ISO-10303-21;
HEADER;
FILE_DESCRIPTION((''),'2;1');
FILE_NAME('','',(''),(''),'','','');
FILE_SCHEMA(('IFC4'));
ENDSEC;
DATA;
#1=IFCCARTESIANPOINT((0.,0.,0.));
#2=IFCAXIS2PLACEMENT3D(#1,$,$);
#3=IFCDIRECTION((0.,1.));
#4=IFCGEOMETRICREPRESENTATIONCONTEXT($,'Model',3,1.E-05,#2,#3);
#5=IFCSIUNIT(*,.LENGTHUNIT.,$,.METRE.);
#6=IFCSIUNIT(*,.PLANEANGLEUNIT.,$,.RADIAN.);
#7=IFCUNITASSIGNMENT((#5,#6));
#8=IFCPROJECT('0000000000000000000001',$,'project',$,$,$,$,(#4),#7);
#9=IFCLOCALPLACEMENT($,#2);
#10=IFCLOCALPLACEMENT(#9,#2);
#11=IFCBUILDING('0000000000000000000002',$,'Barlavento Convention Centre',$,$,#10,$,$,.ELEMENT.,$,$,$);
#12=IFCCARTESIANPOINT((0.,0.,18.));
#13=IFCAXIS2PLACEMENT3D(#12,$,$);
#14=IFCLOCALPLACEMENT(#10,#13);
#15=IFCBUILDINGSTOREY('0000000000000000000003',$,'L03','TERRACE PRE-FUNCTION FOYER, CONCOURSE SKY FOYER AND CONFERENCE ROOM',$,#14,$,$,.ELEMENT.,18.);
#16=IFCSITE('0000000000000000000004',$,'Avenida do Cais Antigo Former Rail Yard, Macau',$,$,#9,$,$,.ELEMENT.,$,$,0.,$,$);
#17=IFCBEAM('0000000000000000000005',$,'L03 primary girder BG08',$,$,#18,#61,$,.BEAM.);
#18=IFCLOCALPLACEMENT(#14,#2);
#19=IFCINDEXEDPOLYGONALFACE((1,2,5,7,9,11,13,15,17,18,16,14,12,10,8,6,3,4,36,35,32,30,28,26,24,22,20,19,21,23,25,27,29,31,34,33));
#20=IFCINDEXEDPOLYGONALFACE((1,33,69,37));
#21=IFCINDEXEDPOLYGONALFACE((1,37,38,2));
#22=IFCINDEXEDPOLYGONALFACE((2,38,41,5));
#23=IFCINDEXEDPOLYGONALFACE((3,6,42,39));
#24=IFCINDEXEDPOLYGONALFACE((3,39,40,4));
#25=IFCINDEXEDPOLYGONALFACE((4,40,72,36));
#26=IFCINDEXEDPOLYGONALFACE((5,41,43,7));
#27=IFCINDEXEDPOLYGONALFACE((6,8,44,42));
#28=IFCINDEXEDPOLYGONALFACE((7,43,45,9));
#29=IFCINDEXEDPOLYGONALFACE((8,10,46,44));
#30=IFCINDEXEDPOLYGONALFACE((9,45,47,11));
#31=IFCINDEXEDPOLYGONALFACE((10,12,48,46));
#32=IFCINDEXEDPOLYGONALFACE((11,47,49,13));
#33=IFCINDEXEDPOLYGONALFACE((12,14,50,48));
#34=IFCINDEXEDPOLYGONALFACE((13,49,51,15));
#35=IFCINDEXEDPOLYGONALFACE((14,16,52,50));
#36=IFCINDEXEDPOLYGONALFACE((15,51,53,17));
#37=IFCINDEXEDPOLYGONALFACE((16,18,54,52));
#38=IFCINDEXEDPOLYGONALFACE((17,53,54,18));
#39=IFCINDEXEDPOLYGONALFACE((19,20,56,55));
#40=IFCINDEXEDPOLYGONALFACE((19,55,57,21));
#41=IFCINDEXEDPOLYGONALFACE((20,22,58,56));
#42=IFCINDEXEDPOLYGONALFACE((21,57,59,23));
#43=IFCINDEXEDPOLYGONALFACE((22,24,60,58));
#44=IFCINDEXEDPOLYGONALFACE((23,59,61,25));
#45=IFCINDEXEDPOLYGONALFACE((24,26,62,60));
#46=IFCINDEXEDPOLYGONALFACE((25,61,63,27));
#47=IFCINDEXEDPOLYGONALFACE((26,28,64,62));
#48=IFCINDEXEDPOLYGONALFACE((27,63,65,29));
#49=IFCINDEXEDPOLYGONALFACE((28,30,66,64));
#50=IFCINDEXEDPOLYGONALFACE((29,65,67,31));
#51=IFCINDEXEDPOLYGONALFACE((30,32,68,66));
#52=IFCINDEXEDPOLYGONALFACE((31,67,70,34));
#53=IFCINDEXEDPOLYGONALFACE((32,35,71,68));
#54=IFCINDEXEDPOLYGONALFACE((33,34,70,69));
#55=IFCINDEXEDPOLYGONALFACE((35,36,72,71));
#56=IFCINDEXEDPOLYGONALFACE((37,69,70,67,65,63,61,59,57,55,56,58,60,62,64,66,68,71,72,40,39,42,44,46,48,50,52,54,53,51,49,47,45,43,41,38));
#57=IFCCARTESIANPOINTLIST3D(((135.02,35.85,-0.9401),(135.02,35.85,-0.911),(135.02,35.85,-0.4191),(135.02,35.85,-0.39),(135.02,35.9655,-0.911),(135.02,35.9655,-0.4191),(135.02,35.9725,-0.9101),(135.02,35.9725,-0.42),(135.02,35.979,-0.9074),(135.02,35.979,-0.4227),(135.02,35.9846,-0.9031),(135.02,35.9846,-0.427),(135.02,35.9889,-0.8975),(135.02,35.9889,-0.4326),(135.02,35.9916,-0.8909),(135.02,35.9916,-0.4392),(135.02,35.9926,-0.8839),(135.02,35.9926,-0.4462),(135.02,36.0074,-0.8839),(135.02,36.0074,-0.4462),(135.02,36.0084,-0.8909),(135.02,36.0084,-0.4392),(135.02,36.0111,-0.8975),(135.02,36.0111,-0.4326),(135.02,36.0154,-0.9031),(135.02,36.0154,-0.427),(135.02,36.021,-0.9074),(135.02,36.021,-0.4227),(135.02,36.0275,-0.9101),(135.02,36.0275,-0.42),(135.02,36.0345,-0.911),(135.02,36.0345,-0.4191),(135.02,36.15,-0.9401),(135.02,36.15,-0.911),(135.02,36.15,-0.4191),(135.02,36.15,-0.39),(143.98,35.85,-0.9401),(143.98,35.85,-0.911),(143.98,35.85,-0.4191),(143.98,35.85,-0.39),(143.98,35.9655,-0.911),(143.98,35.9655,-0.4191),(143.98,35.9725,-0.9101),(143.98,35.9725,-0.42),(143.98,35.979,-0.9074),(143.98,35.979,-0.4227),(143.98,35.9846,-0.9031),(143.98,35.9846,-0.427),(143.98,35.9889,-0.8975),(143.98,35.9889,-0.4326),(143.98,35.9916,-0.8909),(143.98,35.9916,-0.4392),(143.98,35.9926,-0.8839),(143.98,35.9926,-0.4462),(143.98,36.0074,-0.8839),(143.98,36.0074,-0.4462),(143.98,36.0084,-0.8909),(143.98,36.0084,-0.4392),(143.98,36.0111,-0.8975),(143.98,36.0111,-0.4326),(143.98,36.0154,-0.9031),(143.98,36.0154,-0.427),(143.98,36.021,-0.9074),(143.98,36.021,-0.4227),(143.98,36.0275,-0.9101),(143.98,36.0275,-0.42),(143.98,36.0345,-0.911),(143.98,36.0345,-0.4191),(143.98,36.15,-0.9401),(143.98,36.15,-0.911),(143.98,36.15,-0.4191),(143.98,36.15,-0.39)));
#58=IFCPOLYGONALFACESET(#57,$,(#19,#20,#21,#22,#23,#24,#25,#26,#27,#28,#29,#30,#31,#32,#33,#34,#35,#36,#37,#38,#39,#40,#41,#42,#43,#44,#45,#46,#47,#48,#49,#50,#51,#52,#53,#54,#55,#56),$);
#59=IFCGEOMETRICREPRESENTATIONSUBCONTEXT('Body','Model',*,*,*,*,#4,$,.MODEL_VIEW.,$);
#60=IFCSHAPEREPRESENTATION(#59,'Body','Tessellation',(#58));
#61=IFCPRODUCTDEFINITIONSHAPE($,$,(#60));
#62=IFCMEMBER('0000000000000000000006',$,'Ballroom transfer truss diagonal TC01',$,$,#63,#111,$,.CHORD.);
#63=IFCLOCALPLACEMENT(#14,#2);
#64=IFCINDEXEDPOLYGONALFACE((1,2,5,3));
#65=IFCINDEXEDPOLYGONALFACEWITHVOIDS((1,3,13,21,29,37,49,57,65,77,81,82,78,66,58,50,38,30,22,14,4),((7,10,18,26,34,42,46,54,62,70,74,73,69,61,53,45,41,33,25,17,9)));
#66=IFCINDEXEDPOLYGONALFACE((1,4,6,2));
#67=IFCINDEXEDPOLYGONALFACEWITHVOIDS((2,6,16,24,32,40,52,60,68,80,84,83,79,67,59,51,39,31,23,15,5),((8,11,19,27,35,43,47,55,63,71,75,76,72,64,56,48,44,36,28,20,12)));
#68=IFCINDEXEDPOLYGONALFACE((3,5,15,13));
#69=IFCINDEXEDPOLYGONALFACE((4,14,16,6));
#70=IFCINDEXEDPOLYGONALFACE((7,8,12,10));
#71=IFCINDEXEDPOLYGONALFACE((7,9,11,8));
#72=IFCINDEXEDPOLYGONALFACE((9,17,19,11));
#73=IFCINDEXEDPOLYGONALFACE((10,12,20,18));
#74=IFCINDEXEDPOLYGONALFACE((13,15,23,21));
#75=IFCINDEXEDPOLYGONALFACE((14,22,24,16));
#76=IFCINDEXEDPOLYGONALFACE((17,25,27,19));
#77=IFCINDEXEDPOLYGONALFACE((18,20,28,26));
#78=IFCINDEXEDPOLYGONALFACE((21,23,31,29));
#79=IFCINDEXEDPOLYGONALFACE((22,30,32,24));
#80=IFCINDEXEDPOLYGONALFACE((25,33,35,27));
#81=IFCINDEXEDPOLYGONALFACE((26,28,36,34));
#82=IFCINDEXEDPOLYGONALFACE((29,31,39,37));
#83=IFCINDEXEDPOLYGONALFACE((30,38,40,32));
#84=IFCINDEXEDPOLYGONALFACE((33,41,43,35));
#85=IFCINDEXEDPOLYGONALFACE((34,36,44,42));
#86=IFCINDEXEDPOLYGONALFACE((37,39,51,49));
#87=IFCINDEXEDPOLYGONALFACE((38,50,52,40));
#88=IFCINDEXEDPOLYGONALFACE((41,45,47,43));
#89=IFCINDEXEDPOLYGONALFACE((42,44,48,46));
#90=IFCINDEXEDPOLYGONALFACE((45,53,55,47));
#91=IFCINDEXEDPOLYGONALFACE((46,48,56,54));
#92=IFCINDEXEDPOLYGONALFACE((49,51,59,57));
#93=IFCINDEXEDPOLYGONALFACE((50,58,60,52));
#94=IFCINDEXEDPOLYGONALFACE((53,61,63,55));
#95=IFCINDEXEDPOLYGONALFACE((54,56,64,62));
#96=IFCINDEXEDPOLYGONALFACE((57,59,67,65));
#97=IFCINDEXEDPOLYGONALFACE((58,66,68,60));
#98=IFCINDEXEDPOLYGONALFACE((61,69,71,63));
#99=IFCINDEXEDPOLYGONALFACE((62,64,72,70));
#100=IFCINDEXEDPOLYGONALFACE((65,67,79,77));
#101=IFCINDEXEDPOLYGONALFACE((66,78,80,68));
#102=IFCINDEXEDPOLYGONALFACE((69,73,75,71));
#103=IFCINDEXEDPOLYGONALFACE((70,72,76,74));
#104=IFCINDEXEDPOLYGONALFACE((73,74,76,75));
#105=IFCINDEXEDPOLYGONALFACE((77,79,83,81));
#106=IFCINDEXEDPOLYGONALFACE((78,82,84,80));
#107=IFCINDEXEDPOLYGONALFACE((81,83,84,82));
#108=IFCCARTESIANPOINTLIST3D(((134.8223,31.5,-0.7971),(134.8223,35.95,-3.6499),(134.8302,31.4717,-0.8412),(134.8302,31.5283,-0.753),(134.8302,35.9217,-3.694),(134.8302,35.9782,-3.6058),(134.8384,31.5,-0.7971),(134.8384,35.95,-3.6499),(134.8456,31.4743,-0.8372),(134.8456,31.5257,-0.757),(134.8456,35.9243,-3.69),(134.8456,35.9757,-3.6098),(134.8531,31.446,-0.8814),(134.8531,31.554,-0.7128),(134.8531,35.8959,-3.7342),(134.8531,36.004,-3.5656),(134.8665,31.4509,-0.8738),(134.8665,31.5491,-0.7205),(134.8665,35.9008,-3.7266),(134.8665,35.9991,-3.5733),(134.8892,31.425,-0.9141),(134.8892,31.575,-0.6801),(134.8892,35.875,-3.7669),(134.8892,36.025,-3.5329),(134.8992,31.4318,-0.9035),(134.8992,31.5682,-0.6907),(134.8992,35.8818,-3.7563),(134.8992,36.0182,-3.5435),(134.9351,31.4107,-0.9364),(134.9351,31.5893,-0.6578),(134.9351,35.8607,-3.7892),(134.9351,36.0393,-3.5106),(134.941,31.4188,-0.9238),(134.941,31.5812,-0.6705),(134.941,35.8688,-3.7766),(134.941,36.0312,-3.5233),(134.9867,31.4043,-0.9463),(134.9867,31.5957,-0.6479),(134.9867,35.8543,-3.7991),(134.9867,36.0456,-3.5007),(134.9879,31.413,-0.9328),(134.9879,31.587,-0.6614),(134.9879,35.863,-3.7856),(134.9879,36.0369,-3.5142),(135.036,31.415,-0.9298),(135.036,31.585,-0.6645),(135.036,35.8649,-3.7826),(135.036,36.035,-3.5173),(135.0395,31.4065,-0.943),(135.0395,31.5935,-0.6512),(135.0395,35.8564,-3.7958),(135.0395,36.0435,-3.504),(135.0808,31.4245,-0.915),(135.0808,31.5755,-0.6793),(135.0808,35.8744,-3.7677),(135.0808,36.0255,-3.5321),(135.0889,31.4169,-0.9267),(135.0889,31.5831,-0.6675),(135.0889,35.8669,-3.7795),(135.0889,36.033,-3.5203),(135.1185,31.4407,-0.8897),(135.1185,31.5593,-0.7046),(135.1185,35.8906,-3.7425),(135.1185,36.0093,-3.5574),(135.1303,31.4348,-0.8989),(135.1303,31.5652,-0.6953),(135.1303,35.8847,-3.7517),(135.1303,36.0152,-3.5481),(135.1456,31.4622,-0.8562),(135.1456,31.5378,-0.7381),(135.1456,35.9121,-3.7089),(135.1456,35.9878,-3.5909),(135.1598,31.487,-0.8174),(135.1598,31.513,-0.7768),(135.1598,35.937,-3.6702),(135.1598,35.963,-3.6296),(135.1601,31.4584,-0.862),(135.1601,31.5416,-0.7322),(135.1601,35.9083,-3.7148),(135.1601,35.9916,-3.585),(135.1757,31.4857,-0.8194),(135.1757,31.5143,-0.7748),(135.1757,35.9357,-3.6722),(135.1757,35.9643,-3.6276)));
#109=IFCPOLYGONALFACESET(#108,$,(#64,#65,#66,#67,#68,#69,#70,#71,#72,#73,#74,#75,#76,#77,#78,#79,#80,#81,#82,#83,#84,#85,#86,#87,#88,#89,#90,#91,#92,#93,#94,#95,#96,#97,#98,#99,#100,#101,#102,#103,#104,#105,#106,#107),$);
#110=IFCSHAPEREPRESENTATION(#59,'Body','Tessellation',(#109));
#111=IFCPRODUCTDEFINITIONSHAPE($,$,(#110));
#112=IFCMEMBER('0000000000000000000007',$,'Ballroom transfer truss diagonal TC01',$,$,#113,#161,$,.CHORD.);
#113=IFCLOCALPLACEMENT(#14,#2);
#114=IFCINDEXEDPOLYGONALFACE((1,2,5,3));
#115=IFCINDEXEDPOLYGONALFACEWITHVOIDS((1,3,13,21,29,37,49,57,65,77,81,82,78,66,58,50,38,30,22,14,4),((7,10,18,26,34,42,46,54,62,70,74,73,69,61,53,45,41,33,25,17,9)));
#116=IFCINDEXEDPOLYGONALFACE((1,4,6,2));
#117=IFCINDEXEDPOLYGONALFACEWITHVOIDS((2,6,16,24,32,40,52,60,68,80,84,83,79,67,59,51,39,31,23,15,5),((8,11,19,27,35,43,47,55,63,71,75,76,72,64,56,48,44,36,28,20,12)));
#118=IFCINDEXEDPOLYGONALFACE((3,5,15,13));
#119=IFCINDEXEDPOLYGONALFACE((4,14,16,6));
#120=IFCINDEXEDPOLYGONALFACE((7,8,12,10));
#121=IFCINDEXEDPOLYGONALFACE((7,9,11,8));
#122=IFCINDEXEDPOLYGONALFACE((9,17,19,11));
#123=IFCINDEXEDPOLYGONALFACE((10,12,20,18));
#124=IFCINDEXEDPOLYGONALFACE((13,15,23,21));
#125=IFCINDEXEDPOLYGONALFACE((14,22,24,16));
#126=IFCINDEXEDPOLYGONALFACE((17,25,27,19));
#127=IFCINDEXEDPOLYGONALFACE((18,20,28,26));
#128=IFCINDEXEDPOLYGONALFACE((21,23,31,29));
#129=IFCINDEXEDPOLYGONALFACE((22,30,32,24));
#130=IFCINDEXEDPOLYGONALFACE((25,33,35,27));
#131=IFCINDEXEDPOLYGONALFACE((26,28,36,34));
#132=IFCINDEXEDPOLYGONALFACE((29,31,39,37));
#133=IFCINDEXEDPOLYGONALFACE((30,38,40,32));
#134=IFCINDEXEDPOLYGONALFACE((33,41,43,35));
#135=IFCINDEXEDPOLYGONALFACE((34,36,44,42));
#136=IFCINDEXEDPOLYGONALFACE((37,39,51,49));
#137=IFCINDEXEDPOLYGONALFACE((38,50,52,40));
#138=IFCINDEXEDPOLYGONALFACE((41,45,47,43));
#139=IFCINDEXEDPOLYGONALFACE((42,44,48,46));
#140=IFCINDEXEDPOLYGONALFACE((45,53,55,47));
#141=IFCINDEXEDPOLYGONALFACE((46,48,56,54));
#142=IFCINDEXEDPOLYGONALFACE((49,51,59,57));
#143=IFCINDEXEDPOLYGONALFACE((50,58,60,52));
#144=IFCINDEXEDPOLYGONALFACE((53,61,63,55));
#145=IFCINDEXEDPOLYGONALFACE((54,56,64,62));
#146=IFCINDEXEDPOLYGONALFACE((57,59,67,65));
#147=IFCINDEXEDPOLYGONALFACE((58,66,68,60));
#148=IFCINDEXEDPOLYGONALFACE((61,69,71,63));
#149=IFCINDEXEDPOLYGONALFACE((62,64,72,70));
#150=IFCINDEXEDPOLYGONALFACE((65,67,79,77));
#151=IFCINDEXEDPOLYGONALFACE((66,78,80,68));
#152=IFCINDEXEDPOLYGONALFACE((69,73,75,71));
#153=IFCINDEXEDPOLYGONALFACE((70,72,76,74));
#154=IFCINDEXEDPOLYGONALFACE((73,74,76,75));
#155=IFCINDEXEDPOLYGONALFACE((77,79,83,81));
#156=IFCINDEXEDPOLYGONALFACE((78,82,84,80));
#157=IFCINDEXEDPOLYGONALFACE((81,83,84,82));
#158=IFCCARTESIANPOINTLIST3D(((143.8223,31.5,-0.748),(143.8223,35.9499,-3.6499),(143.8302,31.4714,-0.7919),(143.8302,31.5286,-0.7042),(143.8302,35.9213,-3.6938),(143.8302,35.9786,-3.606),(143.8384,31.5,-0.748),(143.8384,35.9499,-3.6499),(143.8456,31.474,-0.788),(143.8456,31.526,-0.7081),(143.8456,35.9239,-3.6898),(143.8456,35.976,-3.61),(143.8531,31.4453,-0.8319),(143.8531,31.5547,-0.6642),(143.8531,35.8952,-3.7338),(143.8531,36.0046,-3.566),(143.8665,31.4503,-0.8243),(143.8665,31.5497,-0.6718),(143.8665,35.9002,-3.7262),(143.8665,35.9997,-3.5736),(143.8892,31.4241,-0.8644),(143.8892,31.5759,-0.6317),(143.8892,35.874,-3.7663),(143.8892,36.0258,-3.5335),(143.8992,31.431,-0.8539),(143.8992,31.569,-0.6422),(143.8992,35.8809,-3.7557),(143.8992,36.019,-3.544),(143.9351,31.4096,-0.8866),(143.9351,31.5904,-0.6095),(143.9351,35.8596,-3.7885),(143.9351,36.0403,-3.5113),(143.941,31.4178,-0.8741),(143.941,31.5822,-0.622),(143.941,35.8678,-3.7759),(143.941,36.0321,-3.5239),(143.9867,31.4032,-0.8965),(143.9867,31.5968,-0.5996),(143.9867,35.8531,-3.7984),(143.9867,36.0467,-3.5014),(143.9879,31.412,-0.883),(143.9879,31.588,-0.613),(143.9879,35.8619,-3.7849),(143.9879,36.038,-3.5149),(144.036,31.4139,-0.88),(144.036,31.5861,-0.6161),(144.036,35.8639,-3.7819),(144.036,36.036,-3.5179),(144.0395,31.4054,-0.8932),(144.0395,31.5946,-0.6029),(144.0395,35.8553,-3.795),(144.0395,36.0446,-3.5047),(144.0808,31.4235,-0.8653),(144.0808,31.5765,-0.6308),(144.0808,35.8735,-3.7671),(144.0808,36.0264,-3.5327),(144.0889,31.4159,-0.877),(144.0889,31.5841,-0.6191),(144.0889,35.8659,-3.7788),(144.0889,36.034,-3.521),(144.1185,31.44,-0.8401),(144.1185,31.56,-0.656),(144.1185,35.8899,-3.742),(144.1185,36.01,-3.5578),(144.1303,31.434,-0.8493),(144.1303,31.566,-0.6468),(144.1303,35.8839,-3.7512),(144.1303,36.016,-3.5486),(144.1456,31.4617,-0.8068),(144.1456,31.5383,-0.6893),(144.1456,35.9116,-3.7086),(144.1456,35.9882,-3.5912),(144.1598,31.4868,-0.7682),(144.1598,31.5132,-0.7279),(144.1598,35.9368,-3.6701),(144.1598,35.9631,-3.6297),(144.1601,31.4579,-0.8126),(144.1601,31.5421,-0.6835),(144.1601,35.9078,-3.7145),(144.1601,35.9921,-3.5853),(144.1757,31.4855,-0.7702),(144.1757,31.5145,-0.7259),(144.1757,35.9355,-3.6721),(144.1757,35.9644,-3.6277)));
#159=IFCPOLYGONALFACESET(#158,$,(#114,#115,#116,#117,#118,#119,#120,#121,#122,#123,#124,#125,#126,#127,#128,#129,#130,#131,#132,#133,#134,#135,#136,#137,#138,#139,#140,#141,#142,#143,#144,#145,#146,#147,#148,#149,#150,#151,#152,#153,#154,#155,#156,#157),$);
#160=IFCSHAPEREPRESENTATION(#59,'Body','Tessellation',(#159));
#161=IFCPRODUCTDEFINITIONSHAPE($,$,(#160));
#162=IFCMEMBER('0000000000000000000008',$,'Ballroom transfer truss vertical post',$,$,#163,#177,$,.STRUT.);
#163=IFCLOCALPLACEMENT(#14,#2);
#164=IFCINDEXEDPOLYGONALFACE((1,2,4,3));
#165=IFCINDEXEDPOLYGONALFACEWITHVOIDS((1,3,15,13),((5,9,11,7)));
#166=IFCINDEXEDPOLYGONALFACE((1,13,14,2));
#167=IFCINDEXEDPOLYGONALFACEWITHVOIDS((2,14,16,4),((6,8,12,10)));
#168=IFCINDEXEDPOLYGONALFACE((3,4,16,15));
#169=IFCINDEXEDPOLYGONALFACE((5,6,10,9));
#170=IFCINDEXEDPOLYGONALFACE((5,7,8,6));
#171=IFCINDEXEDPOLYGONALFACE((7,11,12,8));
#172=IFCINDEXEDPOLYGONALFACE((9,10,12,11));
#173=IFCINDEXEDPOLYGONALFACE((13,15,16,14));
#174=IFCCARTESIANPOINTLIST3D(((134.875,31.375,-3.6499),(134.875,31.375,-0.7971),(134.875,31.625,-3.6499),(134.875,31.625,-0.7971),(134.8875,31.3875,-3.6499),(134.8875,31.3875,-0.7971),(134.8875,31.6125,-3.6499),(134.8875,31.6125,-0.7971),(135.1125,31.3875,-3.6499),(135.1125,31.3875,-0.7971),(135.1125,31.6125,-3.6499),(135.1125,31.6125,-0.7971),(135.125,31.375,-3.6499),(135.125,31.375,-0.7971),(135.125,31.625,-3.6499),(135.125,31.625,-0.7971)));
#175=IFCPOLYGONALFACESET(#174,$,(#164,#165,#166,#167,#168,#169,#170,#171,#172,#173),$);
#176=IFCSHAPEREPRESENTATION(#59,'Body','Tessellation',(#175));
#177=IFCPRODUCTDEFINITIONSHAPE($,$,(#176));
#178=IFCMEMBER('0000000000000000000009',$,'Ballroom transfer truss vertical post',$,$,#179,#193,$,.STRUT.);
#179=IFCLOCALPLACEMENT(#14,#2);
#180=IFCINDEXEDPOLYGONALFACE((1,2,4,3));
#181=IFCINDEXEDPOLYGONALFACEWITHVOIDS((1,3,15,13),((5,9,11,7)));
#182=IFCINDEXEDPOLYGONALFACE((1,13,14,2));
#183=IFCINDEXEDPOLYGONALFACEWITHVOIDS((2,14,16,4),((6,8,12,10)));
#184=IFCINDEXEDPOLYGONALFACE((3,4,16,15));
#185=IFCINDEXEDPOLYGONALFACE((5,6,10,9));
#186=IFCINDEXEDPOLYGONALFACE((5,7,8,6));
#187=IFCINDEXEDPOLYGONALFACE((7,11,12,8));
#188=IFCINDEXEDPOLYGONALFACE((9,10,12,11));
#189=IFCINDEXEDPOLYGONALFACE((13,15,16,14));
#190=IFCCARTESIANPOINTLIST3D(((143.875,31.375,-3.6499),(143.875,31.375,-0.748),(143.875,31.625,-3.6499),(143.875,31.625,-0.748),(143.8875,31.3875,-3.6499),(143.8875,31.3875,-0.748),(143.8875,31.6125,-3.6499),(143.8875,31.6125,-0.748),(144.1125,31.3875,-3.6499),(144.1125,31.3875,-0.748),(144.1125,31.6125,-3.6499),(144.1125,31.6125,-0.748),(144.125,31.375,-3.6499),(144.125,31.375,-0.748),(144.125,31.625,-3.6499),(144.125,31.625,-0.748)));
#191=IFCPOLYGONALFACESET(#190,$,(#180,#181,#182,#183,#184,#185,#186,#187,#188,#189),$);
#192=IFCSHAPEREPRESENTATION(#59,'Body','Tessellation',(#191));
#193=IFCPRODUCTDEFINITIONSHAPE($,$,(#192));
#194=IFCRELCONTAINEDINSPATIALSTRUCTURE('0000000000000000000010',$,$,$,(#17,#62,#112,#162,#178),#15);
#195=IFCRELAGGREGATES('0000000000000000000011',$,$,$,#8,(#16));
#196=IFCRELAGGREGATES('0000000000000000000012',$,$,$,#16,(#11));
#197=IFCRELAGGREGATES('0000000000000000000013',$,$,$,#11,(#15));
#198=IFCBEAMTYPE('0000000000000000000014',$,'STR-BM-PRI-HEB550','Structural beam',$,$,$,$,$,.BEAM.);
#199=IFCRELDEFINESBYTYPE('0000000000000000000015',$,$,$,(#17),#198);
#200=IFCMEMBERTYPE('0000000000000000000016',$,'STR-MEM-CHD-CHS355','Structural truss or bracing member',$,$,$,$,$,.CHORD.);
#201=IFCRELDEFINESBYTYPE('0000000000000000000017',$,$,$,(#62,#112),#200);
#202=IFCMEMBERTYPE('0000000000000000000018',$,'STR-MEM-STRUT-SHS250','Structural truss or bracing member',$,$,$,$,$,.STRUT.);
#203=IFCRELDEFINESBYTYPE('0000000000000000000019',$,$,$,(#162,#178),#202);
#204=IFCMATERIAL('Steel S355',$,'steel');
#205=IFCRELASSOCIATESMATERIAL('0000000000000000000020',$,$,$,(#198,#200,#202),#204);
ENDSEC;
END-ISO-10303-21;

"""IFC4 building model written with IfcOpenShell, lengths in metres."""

from ifc_helpers import new_model, si_unit, direction, frame, origin, origin_2d, place, context, subcontext, project, spatial, hollow_rectangle, hollow_circle, i_section, extrude, material, material_profile, profile_set, type_object, element, save


model = new_model("IFC4")

# Units and contexts
model_context = context("Model", 3, precision=1e-05, world=origin(), true_north=direction((0.0, 1.0)))
body_context = subcontext(model_context, "Body", "Model", "MODEL_VIEW")
ifc_project = project(units=[si_unit("LENGTHUNIT", "METRE"), si_unit("PLANEANGLEUNIT", "RADIAN")], contexts=[model_context])

# Site, building, storey
site_placement = place(None, origin())
site = spatial("IfcSite", under=ifc_project, at=site_placement, Name="Avenida do Cais Antigo Former Rail Yard, Macau", CompositionType="ELEMENT", RefElevation=0.0)
building_placement = place(site_placement, origin())
building = spatial("IfcBuilding", under=site, at=building_placement, Name="Barlavento Convention Centre", CompositionType="ELEMENT")
storey_placement = place(building_placement, frame((0.0, 0.0, 18.0)))
storey = spatial("IfcBuildingStorey", under=building, at=storey_placement, Name="L03", Description="TERRACE PRE-FUNCTION FOYER, CONCOURSE SKY FOYER AND CONFERENCE ROOM", CompositionType="ELEMENT", Elevation=18.0)

# Shared definitions
ifc_material_1 = material(Name="Steel S355", Category="steel")

# Beam
ifc_material_profile_1 = material_profile(ifc_material_1, i_section(OverallWidth=0.3, OverallDepth=0.55, WebThickness=0.0149, FlangeThickness=0.0291, FilletRadius=0.0271, at=origin_2d()), Name="HEB 550")
ifc_profile_set_1 = profile_set([ifc_material_profile_1], Name="Steel S355")
beam_type_1 = type_object("IfcBeamType", Name="STR-BM-PRI-HEB550", Description="Structural beam", PredefinedType="BEAM", material=ifc_profile_set_1)
beam_1_placement = place(storey_placement, frame((135.02, 36.0, -0.665), z_axis=(1.0, 0.0, 0.0), x_axis=(0.0, 1.0, 0.0)))
element("IfcBeam", 1, at=beam_1_placement, inside=storey, type_object=beam_type_1, Name="L03 primary girder BG08", PredefinedType="BEAM", context=body_context, shape_type="SweptSolid", body=[
    extrude(i_section(OverallWidth=0.3, OverallDepth=0.55, WebThickness=0.0149, FlangeThickness=0.0291, FilletRadius=0.0271, at=origin_2d()), origin(), (0.0, 0.0, 1.0), 8.96),
])

# Members
ifc_material_profile_2 = material_profile(ifc_material_1, hollow_circle(Radius=0.1777, WallThickness=0.0161, at=origin_2d()), Name="CHS 355.6x16.0")
ifc_profile_set_2 = profile_set([ifc_material_profile_2], Name="Steel S355")
member_type_1 = type_object("IfcMemberType", Name="STR-MEM-CHD-CHS355", Description="Structural truss or bracing member", PredefinedType="CHORD", material=ifc_profile_set_2)
member_1_placement = place(storey_placement, frame((135.0, 31.5, -0.7971), z_axis=(0.0, 0.841858, -0.5397), x_axis=(-1.0, 0.0, 0.0)))
element("IfcMember", 2, at=member_1_placement, inside=storey, type_object=member_type_1, Name="Ballroom transfer truss diagonal TC01", PredefinedType="CHORD", context=body_context, shape_type="SweptSolid", body=[
    extrude(hollow_circle(Radius=0.1777, WallThickness=0.0161, at=origin_2d()), origin(), (0.0, 0.0, 1.0), 5.2859),
])
member_2_placement = place(storey_placement, frame((144.0, 31.5, -0.748), z_axis=(0.0, 0.837635, -0.54623), x_axis=(-1.0, 0.0, 0.0)))
element("IfcMember", 3, at=member_2_placement, inside=storey, type_object=member_type_1, Name="Ballroom transfer truss diagonal TC01", PredefinedType="CHORD", context=body_context, shape_type="SweptSolid", body=[
    extrude(hollow_circle(Radius=0.1777, WallThickness=0.0161, at=origin_2d()), origin(), (0.0, 0.0, 1.0), 5.3125),
])
ifc_material_profile_3 = material_profile(ifc_material_1, hollow_rectangle(XDim=0.25, YDim=0.25, WallThickness=0.0125, at=origin_2d()), Name="SHS 250x250x12.5")
ifc_profile_set_3 = profile_set([ifc_material_profile_3], Name="Steel S355")
member_type_2 = type_object("IfcMemberType", Name="STR-MEM-STRUT-SHS250", Description="Structural truss or bracing member", PredefinedType="STRUT", material=ifc_profile_set_3)
member_3_placement = place(storey_placement, frame((135.0, 31.5, -3.6499), z_axis=(0.0, 0.0, 1.0), x_axis=(1.0, 0.0, 0.0)))
element("IfcMember", 4, at=member_3_placement, inside=storey, type_object=member_type_2, Name="Ballroom transfer truss vertical post", PredefinedType="STRUT", context=body_context, shape_type="SweptSolid", body=[
    extrude(hollow_rectangle(XDim=0.25, YDim=0.25, WallThickness=0.0125, at=origin_2d()), origin(), (0.0, 0.0, 1.0), 2.8528),
])
member_4_placement = place(storey_placement, frame((144.0, 31.5, -3.6499), z_axis=(0.0, 0.0, 1.0), x_axis=(1.0, 0.0, 0.0)))
element("IfcMember", 5, at=member_4_placement, inside=storey, type_object=member_type_2, Name="Ballroom transfer truss vertical post", PredefinedType="STRUT", context=body_context, shape_type="SweptSolid", body=[
    extrude(hollow_rectangle(XDim=0.25, YDim=0.25, WallThickness=0.0125, at=origin_2d()), origin(), (0.0, 0.0, 1.0), 2.9019),
])

save(model, "model.ifc")
